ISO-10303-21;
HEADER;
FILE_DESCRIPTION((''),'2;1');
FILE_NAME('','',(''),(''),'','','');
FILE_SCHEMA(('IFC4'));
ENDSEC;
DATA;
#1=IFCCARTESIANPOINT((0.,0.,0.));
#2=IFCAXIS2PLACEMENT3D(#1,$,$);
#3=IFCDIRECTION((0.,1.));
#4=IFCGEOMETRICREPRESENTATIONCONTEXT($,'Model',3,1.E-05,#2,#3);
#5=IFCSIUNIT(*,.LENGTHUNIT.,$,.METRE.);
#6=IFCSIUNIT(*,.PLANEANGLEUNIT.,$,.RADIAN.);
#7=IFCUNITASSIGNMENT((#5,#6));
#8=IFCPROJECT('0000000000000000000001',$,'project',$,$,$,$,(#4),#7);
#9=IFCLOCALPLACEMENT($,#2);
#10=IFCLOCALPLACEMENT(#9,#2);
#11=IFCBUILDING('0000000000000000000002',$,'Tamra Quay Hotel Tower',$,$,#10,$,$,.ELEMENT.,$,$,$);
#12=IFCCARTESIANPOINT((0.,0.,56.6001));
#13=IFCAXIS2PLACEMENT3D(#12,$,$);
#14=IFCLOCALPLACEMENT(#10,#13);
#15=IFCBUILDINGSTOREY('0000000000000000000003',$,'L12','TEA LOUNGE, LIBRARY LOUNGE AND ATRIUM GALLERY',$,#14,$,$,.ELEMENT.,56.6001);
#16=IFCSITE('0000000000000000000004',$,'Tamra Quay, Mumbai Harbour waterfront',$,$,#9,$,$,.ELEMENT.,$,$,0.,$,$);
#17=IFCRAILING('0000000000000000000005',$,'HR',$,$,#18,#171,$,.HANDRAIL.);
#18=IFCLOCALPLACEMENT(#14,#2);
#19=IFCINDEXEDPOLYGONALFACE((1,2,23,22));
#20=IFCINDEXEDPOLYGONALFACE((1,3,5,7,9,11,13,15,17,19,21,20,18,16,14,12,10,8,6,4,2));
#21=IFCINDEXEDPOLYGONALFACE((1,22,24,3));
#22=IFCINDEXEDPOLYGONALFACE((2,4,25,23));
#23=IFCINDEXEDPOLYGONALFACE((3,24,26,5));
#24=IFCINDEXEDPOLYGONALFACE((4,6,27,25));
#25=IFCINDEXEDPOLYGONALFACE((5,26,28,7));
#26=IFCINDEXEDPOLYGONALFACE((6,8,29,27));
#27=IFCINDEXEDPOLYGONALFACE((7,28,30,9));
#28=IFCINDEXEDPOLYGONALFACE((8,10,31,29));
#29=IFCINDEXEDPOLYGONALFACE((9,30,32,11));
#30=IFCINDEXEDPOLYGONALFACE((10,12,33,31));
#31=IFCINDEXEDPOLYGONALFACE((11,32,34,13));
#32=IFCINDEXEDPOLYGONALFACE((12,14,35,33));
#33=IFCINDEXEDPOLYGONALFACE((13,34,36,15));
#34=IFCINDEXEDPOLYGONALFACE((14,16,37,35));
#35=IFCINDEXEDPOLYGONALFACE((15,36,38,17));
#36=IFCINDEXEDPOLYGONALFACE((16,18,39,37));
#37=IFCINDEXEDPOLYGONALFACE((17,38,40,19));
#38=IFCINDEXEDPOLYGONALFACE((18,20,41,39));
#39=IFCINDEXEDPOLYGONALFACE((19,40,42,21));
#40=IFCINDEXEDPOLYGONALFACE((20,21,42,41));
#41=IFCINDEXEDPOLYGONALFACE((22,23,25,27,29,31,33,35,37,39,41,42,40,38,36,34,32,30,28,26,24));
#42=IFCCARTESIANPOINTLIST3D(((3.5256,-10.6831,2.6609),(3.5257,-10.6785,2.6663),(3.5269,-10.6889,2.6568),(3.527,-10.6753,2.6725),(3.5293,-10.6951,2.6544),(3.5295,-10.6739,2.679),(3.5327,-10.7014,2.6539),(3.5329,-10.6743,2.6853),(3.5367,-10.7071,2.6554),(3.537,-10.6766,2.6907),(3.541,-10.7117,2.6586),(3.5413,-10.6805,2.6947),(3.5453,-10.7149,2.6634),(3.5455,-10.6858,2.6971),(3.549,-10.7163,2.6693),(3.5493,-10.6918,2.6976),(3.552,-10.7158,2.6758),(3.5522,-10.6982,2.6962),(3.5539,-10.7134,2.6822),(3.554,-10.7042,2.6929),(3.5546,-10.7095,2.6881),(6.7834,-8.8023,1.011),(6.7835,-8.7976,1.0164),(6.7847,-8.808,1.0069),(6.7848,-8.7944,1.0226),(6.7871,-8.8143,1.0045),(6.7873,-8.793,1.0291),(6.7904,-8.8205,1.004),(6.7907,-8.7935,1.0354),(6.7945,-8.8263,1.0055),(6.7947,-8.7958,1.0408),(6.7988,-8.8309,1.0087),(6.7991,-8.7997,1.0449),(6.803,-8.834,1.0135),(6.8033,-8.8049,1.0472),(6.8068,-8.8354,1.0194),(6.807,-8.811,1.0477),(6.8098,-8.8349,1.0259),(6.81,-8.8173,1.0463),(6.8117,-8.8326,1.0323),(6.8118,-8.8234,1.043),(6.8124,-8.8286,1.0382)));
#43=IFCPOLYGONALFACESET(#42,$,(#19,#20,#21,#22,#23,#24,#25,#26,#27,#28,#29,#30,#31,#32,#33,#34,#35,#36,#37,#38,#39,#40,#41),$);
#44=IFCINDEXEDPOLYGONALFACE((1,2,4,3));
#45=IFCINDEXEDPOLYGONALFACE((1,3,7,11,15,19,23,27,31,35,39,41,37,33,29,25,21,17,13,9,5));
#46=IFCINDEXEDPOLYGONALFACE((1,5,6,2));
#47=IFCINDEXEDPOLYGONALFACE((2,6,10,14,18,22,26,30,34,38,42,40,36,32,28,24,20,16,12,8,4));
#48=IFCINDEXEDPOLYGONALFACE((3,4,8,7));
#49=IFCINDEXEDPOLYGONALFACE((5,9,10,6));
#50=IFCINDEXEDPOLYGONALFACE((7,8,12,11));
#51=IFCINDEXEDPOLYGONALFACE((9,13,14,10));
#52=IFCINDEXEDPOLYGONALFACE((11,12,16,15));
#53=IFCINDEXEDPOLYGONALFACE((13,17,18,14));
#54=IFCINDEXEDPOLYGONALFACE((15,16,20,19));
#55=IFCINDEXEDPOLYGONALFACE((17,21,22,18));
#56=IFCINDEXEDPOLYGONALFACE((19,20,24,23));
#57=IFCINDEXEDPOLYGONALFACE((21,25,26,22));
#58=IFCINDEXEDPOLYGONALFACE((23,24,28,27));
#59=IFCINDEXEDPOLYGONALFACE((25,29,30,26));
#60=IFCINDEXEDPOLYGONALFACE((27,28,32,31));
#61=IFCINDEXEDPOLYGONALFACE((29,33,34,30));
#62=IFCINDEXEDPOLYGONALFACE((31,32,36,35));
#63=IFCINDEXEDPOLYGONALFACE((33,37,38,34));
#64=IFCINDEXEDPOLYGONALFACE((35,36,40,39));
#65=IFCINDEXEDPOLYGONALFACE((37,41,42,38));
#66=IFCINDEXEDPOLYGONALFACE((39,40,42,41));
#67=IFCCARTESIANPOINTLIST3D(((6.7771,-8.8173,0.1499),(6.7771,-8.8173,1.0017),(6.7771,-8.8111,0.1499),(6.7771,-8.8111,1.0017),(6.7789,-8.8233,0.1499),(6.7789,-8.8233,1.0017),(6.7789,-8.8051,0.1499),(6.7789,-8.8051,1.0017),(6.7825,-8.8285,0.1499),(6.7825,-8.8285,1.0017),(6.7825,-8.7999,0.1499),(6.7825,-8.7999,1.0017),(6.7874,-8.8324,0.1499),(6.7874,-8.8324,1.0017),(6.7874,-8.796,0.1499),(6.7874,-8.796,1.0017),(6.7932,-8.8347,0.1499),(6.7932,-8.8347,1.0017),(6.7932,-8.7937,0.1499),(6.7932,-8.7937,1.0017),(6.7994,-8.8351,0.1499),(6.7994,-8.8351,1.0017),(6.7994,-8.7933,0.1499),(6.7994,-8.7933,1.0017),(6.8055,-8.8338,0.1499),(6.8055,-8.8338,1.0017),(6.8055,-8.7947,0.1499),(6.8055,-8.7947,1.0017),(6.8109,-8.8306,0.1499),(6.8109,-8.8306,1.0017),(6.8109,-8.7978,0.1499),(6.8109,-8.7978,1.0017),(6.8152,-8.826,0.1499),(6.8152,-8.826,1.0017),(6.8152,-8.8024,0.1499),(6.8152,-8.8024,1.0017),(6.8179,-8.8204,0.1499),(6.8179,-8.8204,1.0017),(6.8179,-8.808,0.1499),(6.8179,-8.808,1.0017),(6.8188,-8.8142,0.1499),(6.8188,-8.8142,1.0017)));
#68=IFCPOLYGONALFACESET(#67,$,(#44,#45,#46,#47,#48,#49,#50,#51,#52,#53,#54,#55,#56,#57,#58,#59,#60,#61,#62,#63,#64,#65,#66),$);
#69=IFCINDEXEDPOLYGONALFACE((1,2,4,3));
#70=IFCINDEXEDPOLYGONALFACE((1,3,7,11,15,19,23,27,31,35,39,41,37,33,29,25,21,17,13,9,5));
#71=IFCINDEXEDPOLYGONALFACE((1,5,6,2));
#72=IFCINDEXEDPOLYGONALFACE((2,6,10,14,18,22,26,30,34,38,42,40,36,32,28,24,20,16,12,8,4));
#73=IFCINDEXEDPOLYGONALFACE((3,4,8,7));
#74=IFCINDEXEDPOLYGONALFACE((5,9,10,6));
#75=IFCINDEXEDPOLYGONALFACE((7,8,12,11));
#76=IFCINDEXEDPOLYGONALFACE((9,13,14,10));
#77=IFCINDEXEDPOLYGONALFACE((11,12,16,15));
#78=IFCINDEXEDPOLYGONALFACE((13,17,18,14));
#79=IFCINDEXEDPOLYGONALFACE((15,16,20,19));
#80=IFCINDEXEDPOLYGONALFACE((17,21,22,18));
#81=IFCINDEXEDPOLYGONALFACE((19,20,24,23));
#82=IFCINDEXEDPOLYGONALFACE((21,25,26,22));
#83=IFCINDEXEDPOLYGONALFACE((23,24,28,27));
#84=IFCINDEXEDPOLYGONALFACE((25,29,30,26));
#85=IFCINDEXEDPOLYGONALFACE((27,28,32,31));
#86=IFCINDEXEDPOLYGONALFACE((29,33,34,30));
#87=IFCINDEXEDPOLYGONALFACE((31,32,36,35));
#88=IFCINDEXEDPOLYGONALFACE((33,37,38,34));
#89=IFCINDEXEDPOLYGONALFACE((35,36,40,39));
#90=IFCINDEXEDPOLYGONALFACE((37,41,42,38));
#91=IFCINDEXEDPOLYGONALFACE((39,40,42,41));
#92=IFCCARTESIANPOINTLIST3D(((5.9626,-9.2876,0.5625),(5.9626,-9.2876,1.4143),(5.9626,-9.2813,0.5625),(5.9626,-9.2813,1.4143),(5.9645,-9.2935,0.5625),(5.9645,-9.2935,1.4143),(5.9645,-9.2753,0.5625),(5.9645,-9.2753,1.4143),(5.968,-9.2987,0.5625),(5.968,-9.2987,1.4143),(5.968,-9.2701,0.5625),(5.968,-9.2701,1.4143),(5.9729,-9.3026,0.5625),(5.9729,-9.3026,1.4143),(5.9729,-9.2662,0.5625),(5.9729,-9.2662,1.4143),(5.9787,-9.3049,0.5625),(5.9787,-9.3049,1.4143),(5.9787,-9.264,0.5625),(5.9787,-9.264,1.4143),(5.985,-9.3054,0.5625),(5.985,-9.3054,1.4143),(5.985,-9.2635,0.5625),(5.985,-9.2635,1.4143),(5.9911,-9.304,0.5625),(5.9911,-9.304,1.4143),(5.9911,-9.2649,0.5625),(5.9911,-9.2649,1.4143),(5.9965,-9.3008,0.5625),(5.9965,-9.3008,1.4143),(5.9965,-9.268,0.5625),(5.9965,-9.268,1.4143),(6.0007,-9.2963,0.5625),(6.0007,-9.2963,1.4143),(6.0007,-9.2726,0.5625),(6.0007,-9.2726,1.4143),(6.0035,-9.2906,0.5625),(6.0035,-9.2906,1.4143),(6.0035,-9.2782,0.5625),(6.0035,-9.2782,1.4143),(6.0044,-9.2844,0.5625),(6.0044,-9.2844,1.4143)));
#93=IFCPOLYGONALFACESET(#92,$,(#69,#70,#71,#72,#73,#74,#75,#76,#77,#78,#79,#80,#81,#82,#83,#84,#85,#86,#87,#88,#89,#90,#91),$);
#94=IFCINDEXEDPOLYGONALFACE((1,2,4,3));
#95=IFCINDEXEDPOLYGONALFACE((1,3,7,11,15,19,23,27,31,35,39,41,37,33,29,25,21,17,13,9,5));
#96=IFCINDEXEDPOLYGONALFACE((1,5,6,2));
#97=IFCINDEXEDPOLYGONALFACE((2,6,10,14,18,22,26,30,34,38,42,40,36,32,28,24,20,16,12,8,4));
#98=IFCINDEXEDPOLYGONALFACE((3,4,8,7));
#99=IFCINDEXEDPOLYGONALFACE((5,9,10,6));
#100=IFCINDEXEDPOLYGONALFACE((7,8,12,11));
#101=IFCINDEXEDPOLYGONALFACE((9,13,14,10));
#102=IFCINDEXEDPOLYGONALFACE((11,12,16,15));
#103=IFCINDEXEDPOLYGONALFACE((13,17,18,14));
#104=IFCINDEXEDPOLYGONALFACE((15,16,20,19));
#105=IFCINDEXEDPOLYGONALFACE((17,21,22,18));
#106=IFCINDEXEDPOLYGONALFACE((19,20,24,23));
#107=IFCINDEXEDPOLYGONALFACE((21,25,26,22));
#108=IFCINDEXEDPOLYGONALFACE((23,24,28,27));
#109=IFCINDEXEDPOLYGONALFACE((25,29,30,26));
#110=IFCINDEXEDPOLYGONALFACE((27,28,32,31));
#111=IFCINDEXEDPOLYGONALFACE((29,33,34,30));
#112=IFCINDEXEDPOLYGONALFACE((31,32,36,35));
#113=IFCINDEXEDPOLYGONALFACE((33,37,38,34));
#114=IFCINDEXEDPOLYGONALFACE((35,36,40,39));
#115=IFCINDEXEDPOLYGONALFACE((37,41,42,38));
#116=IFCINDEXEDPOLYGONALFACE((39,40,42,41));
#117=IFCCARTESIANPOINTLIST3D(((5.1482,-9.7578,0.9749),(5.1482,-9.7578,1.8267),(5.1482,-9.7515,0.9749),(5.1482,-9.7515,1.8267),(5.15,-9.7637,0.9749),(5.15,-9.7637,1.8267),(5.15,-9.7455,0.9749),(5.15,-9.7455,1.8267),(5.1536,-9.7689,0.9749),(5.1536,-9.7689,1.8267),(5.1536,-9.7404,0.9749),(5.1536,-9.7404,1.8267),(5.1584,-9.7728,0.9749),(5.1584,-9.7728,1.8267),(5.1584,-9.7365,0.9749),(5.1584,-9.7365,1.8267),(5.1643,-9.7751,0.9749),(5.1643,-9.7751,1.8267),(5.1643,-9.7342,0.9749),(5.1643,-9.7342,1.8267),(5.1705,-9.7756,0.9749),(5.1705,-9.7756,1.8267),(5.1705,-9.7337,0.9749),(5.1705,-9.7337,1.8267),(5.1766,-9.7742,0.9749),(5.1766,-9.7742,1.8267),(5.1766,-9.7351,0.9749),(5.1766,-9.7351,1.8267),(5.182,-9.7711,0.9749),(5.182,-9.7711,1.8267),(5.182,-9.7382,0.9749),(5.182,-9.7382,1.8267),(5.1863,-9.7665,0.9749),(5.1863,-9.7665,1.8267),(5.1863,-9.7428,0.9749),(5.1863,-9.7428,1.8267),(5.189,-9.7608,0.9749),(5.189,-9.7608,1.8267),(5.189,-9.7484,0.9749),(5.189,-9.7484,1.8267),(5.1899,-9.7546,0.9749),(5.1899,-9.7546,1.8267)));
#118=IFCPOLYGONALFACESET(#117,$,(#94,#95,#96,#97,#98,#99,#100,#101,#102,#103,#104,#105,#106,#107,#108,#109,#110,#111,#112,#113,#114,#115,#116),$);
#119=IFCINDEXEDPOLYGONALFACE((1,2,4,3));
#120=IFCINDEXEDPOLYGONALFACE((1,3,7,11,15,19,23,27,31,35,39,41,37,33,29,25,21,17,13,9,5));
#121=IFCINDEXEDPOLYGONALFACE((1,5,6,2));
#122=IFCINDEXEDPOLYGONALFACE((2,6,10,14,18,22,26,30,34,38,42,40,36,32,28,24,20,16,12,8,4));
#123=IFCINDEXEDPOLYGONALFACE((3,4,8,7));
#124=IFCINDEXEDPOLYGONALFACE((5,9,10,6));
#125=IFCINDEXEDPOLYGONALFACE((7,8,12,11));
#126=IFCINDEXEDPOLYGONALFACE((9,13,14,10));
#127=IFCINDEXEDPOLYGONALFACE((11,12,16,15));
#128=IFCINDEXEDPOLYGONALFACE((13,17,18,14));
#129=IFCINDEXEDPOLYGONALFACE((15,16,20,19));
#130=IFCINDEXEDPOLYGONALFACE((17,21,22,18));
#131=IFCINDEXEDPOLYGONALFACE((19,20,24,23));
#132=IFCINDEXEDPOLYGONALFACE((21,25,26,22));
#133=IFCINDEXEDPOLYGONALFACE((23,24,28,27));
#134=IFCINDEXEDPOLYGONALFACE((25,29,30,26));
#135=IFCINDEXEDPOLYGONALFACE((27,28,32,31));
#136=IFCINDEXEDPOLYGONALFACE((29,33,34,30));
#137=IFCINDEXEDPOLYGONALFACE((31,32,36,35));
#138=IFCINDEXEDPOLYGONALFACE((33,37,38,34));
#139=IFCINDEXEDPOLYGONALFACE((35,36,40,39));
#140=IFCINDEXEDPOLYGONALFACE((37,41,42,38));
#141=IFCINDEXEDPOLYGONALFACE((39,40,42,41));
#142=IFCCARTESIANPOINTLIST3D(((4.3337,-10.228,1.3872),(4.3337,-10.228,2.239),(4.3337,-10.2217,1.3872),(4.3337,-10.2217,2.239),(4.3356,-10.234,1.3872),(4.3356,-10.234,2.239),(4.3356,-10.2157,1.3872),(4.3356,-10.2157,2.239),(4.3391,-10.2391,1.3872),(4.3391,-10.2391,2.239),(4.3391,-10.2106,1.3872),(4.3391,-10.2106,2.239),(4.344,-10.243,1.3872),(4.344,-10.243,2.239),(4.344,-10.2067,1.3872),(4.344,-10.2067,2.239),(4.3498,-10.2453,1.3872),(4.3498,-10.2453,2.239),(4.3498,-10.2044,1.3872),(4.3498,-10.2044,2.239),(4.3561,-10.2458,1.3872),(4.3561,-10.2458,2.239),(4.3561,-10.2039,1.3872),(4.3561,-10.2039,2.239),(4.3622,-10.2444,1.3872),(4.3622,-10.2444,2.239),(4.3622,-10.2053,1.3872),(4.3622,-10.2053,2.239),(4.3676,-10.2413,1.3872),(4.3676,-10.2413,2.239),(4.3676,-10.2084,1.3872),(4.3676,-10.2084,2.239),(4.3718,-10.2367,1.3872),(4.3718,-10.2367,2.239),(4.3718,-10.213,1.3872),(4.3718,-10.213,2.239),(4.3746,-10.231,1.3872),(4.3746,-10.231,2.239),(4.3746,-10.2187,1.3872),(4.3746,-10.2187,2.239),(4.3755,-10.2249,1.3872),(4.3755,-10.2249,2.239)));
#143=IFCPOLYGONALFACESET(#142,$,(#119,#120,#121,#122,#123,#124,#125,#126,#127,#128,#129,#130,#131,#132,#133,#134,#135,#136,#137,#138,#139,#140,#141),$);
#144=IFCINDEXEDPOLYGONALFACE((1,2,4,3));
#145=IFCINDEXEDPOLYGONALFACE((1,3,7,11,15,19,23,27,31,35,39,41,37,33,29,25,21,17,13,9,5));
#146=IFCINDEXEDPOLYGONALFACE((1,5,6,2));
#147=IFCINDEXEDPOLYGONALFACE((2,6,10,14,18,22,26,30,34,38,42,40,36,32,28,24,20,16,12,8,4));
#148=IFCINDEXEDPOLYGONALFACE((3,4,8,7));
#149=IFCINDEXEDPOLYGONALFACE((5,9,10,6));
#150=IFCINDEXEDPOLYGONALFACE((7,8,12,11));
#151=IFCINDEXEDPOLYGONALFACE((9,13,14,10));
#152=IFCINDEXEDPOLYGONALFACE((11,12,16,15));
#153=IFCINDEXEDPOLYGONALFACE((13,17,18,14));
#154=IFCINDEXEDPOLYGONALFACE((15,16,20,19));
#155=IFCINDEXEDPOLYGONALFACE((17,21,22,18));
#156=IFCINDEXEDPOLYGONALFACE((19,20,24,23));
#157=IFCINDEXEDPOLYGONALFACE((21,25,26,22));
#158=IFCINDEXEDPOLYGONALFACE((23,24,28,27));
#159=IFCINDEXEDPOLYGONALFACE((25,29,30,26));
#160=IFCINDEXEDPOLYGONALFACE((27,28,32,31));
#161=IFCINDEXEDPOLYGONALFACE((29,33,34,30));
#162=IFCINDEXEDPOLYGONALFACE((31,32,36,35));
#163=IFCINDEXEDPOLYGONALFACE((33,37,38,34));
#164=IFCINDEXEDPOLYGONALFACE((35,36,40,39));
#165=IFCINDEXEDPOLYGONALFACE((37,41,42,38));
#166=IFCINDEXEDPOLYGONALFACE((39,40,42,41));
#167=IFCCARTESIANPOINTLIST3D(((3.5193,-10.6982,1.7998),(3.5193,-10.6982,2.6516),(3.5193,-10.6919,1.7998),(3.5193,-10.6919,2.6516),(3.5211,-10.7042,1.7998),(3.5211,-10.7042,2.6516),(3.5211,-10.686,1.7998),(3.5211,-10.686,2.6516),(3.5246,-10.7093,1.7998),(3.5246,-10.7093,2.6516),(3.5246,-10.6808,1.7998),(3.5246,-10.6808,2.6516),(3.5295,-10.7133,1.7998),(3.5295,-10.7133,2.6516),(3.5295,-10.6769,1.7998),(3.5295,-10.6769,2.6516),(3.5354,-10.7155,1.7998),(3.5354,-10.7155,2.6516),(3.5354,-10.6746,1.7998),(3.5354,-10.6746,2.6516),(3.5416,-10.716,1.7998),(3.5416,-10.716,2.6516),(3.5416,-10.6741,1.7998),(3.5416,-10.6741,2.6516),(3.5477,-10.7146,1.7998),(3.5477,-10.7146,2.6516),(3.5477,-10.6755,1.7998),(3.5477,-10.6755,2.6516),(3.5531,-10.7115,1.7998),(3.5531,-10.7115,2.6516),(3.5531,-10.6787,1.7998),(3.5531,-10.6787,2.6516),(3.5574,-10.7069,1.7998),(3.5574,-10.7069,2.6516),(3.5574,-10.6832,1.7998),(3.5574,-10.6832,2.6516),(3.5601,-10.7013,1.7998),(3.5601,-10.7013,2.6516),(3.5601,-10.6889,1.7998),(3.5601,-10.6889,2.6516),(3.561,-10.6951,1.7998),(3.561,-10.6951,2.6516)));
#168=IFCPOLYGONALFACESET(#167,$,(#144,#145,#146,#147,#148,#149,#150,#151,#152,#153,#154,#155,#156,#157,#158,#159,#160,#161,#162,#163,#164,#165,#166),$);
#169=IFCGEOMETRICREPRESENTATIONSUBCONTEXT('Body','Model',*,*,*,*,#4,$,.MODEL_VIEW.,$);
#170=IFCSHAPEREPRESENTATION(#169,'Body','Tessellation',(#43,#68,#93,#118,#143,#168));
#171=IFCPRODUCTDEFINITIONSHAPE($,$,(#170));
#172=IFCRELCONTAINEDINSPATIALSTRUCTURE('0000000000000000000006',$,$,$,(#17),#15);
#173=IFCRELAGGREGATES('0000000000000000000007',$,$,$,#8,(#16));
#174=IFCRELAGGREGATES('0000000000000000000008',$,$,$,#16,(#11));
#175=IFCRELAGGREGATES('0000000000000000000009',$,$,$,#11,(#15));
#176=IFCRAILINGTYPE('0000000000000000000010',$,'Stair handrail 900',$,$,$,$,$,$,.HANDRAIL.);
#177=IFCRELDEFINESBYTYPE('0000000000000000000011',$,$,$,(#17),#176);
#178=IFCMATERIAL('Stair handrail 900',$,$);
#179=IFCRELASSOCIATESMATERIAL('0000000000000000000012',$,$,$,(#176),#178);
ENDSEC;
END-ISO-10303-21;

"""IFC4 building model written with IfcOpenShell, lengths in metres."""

from ifc_helpers import new_model, si_unit, direction, frame, origin, origin_2d, place, context, subcontext, project, spatial, circle, extrude, material, type_object, element, save


model = new_model("IFC4")

# Units and contexts
model_context = context("Model", 3, precision=1e-05, world=origin(), true_north=direction((0.0, 1.0)))
body_context = subcontext(model_context, "Body", "Model", "MODEL_VIEW")
ifc_project = project(units=[si_unit("LENGTHUNIT", "METRE"), si_unit("PLANEANGLEUNIT", "RADIAN")], contexts=[model_context])

# Site, building, storey
site_placement = place(None, origin())
site = spatial("IfcSite", under=ifc_project, at=site_placement, Name="Tamra Quay, Mumbai Harbour waterfront", CompositionType="ELEMENT", RefElevation=0.0)
building_placement = place(site_placement, origin())
building = spatial("IfcBuilding", under=site, at=building_placement, Name="Tamra Quay Hotel Tower", CompositionType="ELEMENT")
storey_placement = place(building_placement, frame((0.0, 0.0, 56.6001)))
storey = spatial("IfcBuildingStorey", under=building, at=storey_placement, Name="L12", Description="TEA LOUNGE, LIBRARY LOUNGE AND ATRIUM GALLERY", CompositionType="ELEMENT", Elevation=56.6001)

# Railing
ifc_material_1 = material(Name="Stair handrail 900")
railing_type_1 = type_object("IfcRailingType", Name="Stair handrail 900", PredefinedType="HANDRAIL", material=ifc_material_1)
railing_1_placement = place(storey_placement, frame((6.7979, -8.8142, 0.1499)))
element("IfcRailing", 1, at=railing_1_placement, inside=storey, type_object=railing_type_1, Name="HR", PredefinedType="HANDRAIL", context=body_context, shape_type="SweptSolid", body=[
    extrude(circle(Radius=0.0239, at=origin_2d()), frame((0.0, 0.0, 0.876), z_axis=(-0.7931, -0.457887, 0.401661), x_axis=(0.499992, -0.86603, 0.0)), (0.0, 0.0, 1.0), 4.1077),
    extrude(circle(Radius=0.021, at=origin_2d()), origin(), (0.0, 0.0, 1.0), 0.8518),
    extrude(circle(Radius=0.021, at=origin_2d()), frame((-0.8145, -0.4702, 0.4126)), (0.0, 0.0, 1.0), 0.8518),
    extrude(circle(Radius=0.021, at=origin_2d()), frame((-1.6289, -0.9404, 0.825)), (0.0, 0.0, 1.0), 0.8518),
    extrude(circle(Radius=0.021, at=origin_2d()), frame((-2.4434, -1.4106, 1.2373)), (0.0, 0.0, 1.0), 0.8518),
    extrude(circle(Radius=0.021, at=origin_2d()), frame((-3.2578, -1.8809, 1.6499)), (0.0, 0.0, 1.0), 0.8518),
])

save(model, "model.ifc")
